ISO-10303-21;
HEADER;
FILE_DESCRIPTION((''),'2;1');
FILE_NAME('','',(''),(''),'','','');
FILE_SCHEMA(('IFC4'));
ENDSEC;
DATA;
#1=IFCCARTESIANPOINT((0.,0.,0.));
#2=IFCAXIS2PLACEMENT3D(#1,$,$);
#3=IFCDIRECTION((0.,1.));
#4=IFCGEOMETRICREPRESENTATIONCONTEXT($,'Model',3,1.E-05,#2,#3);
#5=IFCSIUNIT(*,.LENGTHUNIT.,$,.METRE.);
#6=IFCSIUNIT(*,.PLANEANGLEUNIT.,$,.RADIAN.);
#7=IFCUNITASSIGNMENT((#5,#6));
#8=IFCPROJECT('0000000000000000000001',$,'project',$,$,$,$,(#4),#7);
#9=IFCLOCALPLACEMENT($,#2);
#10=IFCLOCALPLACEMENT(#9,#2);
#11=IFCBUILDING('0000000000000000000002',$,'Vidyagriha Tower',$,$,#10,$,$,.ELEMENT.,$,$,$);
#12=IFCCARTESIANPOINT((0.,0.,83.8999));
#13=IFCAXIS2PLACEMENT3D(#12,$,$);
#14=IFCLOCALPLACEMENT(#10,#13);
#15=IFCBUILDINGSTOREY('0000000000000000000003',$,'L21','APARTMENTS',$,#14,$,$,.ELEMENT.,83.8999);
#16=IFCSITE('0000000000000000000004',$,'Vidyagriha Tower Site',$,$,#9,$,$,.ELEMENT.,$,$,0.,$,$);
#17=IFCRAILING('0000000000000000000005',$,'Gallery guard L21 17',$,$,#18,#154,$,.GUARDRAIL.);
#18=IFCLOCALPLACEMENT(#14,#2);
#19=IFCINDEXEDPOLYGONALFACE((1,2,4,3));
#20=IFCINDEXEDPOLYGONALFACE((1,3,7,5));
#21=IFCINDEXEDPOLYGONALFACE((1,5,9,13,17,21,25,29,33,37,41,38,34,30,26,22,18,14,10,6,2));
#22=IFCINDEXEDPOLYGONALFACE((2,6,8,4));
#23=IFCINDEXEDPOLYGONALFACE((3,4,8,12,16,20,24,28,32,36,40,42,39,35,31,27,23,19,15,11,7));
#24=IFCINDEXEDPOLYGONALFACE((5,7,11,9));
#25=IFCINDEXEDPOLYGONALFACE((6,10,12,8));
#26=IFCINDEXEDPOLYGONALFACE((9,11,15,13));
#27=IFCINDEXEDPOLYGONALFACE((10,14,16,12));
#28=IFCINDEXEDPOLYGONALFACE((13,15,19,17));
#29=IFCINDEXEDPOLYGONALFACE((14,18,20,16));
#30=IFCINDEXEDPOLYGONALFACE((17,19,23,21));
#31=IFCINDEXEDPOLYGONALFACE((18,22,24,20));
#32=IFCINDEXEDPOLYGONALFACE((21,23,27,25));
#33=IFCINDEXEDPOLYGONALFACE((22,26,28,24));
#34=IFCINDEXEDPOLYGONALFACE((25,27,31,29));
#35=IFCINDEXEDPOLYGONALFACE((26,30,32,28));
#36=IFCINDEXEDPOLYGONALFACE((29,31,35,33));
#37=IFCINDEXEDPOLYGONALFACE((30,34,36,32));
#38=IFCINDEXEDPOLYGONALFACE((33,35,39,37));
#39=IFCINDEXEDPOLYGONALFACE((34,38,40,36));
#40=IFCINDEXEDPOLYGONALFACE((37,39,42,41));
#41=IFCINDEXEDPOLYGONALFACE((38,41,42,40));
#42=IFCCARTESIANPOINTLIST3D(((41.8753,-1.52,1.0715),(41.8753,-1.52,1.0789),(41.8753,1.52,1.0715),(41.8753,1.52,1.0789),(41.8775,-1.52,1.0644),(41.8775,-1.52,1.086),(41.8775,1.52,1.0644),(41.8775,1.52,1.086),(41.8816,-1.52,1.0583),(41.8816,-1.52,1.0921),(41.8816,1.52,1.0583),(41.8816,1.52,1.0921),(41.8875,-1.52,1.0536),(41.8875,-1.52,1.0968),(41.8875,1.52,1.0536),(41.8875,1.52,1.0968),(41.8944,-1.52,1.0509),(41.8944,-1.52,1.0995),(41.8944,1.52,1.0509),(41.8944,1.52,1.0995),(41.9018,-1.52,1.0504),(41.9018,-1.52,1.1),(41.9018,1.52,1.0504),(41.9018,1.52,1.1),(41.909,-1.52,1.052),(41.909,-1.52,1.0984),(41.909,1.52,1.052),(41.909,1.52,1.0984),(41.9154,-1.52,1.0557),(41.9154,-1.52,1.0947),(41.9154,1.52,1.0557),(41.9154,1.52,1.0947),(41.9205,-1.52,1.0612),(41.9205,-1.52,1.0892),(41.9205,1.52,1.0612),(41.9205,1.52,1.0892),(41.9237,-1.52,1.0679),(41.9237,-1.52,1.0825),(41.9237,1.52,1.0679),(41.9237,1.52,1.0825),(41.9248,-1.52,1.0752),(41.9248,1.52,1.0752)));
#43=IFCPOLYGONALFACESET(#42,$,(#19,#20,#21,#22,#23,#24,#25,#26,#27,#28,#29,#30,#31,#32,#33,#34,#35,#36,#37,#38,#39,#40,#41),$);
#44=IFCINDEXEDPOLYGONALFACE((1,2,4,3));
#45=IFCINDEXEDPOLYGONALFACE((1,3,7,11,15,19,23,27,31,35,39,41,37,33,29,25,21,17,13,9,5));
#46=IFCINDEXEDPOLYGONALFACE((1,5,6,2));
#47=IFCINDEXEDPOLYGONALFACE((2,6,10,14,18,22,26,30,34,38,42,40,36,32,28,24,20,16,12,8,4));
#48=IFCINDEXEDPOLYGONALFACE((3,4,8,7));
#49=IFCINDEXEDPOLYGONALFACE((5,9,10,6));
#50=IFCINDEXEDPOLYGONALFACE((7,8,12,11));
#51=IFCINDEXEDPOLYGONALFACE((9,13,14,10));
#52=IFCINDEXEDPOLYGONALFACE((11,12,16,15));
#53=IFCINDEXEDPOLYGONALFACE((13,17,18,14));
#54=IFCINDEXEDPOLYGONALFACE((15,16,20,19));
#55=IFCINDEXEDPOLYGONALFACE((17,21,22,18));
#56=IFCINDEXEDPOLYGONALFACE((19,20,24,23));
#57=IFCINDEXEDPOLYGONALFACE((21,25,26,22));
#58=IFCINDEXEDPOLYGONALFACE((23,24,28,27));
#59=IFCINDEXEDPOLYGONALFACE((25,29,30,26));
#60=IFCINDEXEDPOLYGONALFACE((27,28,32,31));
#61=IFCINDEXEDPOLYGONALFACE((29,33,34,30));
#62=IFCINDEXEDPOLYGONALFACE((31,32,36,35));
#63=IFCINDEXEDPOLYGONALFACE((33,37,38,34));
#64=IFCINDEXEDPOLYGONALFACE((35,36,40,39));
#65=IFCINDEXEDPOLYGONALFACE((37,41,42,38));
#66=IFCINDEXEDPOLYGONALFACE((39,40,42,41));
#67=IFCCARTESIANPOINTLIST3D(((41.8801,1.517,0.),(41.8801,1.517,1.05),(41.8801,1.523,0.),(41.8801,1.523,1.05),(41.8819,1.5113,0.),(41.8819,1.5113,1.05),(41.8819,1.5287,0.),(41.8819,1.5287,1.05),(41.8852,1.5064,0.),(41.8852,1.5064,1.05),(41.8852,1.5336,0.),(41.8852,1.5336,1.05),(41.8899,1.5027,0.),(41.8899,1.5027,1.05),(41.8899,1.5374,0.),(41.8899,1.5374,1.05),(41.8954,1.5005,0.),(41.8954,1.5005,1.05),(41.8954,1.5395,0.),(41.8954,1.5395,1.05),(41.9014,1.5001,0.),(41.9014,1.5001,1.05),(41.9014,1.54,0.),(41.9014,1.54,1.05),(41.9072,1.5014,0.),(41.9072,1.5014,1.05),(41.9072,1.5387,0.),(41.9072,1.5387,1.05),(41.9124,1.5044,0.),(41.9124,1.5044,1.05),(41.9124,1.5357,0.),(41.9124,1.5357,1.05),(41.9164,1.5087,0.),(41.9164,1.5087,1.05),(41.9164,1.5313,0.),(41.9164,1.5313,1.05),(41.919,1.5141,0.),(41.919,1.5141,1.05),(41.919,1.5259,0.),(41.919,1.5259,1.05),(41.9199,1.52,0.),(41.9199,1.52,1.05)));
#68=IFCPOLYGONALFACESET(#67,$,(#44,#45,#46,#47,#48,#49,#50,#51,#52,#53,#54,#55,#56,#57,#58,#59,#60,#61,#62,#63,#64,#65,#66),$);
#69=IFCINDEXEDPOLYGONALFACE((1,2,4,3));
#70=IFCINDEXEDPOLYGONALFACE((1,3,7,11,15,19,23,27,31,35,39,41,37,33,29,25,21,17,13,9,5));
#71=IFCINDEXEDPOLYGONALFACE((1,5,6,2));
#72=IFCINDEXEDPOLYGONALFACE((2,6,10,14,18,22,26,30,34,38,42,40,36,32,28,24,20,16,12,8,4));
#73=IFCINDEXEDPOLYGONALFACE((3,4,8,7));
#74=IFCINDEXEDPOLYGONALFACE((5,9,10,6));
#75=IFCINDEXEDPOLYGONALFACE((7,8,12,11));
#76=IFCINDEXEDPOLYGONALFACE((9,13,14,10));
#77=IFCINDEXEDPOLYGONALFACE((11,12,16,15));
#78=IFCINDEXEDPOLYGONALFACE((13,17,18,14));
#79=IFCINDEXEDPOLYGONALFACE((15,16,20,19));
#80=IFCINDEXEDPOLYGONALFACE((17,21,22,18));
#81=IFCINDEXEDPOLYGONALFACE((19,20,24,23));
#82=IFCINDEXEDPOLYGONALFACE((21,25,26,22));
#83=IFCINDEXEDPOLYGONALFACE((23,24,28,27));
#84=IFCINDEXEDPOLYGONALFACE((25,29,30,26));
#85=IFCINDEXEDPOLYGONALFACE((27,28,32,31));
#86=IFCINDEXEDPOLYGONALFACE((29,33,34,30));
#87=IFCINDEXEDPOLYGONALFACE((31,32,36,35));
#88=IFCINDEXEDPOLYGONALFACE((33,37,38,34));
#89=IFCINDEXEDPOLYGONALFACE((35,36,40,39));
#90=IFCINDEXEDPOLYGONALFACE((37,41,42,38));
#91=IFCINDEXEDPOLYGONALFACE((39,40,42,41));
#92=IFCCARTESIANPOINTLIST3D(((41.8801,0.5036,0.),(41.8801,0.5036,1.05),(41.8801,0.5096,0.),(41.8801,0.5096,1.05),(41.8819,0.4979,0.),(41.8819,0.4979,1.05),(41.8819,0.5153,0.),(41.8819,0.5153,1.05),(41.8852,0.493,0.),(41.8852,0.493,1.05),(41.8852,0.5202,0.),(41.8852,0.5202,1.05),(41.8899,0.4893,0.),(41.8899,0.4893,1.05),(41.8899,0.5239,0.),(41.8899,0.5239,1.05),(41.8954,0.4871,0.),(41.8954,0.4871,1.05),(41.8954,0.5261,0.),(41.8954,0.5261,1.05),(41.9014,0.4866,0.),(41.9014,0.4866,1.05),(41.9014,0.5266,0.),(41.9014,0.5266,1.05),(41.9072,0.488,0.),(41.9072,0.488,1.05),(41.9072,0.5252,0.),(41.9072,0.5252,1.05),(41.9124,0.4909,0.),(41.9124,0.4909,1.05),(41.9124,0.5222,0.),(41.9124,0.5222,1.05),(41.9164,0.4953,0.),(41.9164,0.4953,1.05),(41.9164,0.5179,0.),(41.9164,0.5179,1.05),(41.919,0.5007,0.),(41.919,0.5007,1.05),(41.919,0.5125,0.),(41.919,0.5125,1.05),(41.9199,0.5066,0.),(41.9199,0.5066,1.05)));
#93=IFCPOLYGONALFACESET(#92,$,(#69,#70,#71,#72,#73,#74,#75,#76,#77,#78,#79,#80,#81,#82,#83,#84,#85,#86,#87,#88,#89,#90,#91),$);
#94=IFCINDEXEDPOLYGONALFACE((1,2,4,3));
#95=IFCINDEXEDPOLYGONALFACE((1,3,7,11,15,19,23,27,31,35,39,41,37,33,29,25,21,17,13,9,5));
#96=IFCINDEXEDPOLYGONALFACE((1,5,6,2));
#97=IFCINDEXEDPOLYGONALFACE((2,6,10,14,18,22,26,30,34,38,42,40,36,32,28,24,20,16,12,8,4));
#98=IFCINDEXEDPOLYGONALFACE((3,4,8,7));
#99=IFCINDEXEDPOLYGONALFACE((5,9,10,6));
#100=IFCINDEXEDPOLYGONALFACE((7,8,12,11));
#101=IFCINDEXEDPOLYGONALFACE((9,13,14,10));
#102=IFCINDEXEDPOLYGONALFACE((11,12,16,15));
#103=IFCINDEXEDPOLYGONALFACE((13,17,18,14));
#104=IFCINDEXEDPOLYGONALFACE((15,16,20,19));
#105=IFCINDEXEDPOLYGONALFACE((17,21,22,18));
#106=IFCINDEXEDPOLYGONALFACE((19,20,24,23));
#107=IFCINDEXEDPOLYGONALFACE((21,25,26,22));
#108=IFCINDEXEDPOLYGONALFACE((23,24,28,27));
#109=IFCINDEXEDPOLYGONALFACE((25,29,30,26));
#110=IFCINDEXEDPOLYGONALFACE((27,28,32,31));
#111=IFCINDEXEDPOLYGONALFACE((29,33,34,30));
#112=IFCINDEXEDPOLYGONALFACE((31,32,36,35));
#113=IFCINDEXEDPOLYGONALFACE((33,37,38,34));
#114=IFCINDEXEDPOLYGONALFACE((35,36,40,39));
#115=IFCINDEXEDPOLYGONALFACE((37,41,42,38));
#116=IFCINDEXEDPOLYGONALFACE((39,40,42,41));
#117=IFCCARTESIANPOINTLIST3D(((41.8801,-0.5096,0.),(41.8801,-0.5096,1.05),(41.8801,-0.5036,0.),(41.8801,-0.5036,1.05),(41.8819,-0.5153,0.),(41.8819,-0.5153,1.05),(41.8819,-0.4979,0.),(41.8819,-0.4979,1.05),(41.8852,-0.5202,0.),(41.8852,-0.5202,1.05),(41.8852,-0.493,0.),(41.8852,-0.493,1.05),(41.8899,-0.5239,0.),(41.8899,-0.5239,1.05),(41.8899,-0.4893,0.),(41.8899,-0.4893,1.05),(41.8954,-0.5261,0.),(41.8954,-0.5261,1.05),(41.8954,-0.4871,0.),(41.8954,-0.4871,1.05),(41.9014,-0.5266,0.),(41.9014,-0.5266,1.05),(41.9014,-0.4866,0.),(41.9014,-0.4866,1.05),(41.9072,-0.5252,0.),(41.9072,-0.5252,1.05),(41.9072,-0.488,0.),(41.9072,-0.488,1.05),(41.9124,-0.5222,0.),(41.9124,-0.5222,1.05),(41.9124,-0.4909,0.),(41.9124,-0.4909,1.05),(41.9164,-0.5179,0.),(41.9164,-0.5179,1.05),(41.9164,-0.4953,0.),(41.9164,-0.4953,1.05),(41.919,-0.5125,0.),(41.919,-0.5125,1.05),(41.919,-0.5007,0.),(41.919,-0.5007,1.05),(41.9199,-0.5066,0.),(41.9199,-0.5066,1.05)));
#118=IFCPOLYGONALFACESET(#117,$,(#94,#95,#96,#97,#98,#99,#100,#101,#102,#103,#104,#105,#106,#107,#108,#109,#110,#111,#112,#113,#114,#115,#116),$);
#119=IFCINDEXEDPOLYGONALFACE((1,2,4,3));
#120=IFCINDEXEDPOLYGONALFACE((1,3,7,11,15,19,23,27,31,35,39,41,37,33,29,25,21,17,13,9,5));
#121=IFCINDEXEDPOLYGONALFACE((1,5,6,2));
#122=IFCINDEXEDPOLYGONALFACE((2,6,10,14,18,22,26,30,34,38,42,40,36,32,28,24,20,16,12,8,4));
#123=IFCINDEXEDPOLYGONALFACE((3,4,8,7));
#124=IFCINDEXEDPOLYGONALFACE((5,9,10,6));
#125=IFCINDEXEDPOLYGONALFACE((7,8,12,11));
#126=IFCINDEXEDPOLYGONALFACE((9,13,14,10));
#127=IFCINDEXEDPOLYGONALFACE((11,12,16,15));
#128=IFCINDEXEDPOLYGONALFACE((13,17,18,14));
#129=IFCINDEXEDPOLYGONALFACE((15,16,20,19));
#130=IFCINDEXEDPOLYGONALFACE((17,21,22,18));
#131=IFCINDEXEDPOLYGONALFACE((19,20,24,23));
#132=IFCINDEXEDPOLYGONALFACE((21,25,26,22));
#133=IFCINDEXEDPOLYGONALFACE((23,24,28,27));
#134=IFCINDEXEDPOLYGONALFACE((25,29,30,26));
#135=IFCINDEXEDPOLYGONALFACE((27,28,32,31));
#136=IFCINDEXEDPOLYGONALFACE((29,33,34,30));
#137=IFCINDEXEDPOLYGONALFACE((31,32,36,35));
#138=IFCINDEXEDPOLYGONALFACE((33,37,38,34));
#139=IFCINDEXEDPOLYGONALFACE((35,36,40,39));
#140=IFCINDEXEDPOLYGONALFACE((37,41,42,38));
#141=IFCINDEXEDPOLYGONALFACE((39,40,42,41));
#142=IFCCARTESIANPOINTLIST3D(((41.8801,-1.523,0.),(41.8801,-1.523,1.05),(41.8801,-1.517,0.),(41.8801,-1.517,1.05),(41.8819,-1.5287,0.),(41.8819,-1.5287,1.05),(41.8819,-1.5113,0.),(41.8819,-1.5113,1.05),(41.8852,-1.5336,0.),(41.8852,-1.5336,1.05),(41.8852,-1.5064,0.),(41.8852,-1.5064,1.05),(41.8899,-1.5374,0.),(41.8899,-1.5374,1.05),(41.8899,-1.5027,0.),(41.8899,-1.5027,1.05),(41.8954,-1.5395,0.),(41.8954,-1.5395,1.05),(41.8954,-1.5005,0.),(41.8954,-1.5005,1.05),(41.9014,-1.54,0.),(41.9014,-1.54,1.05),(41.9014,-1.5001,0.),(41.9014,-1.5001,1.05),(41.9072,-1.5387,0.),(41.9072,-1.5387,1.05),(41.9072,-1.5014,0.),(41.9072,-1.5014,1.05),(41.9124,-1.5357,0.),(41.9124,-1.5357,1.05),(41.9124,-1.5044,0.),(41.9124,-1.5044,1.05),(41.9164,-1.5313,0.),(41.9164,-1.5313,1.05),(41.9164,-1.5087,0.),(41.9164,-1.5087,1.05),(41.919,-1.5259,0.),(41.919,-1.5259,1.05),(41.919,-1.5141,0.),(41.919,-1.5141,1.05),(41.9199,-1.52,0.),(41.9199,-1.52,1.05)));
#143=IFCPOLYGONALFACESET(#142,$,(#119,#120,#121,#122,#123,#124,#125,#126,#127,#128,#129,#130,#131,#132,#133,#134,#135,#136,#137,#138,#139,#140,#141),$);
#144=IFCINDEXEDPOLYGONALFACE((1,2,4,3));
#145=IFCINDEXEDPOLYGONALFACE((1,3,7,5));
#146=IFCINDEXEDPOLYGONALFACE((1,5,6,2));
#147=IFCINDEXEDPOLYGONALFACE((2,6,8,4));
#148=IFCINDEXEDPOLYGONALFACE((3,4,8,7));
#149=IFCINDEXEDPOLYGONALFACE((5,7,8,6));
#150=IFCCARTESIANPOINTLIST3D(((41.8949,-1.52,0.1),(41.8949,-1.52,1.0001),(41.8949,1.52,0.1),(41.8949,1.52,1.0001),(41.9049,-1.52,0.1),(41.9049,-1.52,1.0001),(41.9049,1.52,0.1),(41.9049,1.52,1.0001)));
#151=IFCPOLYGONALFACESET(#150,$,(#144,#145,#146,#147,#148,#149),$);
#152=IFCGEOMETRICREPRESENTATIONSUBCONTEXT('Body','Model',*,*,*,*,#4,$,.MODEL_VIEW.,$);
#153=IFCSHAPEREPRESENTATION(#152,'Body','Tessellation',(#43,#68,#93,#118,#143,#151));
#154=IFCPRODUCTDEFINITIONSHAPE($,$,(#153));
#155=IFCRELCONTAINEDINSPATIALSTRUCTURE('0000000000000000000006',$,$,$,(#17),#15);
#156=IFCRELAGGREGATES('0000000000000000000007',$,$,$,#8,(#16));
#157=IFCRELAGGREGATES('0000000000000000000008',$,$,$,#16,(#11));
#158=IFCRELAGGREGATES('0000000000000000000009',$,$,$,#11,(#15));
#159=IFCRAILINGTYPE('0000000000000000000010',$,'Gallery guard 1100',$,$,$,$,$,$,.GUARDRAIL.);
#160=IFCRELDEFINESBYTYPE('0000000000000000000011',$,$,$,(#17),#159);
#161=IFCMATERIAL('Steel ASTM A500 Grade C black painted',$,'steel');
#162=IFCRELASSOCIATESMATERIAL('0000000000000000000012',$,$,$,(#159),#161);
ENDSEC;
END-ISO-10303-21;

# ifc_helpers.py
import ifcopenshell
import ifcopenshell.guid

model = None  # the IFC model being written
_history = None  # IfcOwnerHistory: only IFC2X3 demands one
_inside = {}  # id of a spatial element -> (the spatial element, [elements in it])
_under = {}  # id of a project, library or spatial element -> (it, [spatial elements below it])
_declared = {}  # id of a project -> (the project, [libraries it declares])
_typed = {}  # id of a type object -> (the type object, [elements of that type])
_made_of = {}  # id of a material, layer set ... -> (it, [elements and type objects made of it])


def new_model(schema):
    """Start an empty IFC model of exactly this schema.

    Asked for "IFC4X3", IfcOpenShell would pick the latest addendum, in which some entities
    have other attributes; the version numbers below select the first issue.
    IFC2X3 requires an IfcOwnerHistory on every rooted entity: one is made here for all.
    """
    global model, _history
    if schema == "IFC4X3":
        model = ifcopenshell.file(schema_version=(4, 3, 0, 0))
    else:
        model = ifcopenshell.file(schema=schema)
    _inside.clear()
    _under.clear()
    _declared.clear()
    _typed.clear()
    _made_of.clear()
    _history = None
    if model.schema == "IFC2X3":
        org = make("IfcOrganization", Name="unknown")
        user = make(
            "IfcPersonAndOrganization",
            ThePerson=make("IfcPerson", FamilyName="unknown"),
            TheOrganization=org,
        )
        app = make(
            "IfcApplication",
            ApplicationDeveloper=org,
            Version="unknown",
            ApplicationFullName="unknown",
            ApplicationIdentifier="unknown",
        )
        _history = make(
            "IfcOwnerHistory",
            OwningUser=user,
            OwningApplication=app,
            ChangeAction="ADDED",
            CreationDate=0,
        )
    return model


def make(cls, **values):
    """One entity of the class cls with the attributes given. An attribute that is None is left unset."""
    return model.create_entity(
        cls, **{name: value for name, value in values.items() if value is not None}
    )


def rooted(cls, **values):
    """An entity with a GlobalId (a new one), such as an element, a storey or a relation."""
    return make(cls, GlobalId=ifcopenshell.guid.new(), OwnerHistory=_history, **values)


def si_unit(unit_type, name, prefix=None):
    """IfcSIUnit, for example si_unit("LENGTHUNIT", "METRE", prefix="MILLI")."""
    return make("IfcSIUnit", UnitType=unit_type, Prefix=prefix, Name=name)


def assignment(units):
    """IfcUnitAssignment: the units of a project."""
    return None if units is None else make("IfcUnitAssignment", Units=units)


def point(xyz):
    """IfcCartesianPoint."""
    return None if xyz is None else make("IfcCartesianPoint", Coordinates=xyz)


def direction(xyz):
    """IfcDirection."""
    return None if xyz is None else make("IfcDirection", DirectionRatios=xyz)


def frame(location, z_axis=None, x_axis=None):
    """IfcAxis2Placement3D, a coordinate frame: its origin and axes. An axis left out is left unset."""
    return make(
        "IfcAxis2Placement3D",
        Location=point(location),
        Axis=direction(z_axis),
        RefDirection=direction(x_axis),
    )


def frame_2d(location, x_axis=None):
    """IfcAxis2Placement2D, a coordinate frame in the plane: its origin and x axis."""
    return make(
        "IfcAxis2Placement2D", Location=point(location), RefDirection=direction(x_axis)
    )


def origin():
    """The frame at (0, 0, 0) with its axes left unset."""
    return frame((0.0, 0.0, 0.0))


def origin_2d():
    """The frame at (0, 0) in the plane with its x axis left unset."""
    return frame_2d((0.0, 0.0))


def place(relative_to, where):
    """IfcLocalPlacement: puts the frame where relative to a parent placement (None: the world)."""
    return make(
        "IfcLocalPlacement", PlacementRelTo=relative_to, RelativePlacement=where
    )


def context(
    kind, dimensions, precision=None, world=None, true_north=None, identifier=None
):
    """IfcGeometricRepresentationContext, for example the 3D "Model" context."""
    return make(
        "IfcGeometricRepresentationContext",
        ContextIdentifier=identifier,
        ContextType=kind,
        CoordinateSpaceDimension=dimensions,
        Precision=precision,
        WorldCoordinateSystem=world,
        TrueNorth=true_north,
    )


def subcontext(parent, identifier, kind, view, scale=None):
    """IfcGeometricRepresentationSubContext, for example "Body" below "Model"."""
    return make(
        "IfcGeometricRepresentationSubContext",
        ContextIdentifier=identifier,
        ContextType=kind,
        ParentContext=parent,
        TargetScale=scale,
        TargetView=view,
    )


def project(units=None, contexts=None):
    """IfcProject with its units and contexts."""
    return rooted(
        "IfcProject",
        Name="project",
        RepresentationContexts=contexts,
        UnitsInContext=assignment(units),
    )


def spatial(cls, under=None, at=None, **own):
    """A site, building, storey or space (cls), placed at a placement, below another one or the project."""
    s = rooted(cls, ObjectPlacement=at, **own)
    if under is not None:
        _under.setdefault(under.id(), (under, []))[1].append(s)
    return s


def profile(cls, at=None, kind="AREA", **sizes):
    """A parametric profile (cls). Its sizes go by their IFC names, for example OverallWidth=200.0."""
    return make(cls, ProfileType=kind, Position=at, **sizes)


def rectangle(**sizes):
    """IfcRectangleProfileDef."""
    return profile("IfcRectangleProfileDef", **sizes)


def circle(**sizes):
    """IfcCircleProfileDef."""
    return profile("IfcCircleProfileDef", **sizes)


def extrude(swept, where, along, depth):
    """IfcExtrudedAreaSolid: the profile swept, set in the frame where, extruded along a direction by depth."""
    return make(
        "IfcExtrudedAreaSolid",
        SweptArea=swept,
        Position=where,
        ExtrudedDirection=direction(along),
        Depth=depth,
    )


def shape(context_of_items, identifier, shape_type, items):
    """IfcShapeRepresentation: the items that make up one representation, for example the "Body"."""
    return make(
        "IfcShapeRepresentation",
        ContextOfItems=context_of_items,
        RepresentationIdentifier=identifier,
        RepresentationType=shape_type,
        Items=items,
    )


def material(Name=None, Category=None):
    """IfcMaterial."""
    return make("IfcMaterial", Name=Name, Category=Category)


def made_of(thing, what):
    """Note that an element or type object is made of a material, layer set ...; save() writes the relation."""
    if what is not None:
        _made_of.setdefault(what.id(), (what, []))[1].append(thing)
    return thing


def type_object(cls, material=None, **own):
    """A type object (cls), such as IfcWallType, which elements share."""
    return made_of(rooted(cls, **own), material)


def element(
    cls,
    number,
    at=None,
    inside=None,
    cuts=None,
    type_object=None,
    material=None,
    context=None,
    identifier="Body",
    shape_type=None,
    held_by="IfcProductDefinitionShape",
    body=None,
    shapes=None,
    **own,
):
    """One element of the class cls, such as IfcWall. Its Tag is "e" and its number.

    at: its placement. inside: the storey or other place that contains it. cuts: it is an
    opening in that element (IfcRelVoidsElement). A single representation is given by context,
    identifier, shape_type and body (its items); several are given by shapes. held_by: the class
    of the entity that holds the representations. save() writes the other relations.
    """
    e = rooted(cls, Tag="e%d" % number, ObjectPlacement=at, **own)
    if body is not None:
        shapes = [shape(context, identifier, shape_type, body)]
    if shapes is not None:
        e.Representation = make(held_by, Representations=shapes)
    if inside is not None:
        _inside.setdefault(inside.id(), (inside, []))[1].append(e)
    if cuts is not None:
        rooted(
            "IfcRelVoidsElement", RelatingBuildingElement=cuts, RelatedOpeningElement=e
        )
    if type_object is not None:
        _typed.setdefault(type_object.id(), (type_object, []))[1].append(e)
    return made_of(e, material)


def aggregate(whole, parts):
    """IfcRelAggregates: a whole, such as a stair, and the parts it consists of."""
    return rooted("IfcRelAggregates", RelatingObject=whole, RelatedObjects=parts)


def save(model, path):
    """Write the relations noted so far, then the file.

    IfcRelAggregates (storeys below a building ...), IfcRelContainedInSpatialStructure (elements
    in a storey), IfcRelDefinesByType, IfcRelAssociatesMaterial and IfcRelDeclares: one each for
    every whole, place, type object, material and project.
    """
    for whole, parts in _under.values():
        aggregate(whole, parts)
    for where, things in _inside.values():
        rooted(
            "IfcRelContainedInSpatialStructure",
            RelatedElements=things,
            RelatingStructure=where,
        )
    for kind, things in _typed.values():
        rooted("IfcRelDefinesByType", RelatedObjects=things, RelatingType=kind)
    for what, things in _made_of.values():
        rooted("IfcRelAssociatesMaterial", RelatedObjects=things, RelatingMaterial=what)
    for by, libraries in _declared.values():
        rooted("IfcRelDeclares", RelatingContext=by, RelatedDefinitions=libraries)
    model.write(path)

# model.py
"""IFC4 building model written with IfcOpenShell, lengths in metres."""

from ifc_helpers import new_model, si_unit, direction, frame, origin, origin_2d, place, context, subcontext, project, spatial, rectangle, circle, extrude, material, type_object, element, save


model = new_model("IFC4")

# Units and contexts
model_context = context("Model", 3, precision=1e-05, world=origin(), true_north=direction((0.0, 1.0)))
body_context = subcontext(model_context, "Body", "Model", "MODEL_VIEW")
ifc_project = project(units=[si_unit("LENGTHUNIT", "METRE"), si_unit("PLANEANGLEUNIT", "RADIAN")], contexts=[model_context])

# Site, building, storey
site_placement = place(None, origin())
site = spatial("IfcSite", under=ifc_project, at=site_placement, Name="Vidyagriha Tower Site", CompositionType="ELEMENT", RefElevation=0.0)
building_placement = place(site_placement, origin())
building = spatial("IfcBuilding", under=site, at=building_placement, Name="Vidyagriha Tower", CompositionType="ELEMENT")
storey_placement = place(building_placement, frame((0.0, 0.0, 83.8999)))
storey = spatial("IfcBuildingStorey", under=building, at=storey_placement, Name="L21", Description="APARTMENTS", CompositionType="ELEMENT", Elevation=83.8999)

# Railing
ifc_material_1 = material(Name="Steel ASTM A500 Grade C black painted", Category="steel")
railing_type_1 = type_object("IfcRailingType", Name="Gallery guard 1100", PredefinedType="GUARDRAIL", material=ifc_material_1)
railing_1_placement = place(storey_placement, frame((41.8999, 1.52, 0.0)))
element("IfcRailing", 1, at=railing_1_placement, inside=storey, type_object=railing_type_1, Name="Gallery guard L21 17", PredefinedType="GUARDRAIL", context=body_context, shape_type="SweptSolid", body=[
    extrude(circle(Radius=0.0249, at=origin_2d()), frame((0.0, 0.0, 1.0752), z_axis=(0.0, -1.0, 0.0), x_axis=(1.0, 0.0, 0.0)), (0.0, 0.0, 1.0), 3.04),
    extrude(circle(Radius=0.02, at=origin_2d()), origin(), (0.0, 0.0, 1.0), 1.05),
    extrude(circle(Radius=0.02, at=origin_2d()), frame((0.0, -1.0134, 0.0)), (0.0, 0.0, 1.0), 1.05),
    extrude(circle(Radius=0.02, at=origin_2d()), frame((0.0, -2.0266, 0.0)), (0.0, 0.0, 1.0), 1.05),
    extrude(circle(Radius=0.02, at=origin_2d()), frame((0.0, -3.04, 0.0)), (0.0, 0.0, 1.0), 1.05),
    extrude(rectangle(XDim=0.01, YDim=0.9001, at=origin_2d()), frame((0.0, 0.0, 0.55), z_axis=(0.0, -1.0, 0.0), x_axis=(1.0, 0.0, 0.0)), (0.0, 0.0, 1.0), 3.04),
])

save(model, "model.ifc")
